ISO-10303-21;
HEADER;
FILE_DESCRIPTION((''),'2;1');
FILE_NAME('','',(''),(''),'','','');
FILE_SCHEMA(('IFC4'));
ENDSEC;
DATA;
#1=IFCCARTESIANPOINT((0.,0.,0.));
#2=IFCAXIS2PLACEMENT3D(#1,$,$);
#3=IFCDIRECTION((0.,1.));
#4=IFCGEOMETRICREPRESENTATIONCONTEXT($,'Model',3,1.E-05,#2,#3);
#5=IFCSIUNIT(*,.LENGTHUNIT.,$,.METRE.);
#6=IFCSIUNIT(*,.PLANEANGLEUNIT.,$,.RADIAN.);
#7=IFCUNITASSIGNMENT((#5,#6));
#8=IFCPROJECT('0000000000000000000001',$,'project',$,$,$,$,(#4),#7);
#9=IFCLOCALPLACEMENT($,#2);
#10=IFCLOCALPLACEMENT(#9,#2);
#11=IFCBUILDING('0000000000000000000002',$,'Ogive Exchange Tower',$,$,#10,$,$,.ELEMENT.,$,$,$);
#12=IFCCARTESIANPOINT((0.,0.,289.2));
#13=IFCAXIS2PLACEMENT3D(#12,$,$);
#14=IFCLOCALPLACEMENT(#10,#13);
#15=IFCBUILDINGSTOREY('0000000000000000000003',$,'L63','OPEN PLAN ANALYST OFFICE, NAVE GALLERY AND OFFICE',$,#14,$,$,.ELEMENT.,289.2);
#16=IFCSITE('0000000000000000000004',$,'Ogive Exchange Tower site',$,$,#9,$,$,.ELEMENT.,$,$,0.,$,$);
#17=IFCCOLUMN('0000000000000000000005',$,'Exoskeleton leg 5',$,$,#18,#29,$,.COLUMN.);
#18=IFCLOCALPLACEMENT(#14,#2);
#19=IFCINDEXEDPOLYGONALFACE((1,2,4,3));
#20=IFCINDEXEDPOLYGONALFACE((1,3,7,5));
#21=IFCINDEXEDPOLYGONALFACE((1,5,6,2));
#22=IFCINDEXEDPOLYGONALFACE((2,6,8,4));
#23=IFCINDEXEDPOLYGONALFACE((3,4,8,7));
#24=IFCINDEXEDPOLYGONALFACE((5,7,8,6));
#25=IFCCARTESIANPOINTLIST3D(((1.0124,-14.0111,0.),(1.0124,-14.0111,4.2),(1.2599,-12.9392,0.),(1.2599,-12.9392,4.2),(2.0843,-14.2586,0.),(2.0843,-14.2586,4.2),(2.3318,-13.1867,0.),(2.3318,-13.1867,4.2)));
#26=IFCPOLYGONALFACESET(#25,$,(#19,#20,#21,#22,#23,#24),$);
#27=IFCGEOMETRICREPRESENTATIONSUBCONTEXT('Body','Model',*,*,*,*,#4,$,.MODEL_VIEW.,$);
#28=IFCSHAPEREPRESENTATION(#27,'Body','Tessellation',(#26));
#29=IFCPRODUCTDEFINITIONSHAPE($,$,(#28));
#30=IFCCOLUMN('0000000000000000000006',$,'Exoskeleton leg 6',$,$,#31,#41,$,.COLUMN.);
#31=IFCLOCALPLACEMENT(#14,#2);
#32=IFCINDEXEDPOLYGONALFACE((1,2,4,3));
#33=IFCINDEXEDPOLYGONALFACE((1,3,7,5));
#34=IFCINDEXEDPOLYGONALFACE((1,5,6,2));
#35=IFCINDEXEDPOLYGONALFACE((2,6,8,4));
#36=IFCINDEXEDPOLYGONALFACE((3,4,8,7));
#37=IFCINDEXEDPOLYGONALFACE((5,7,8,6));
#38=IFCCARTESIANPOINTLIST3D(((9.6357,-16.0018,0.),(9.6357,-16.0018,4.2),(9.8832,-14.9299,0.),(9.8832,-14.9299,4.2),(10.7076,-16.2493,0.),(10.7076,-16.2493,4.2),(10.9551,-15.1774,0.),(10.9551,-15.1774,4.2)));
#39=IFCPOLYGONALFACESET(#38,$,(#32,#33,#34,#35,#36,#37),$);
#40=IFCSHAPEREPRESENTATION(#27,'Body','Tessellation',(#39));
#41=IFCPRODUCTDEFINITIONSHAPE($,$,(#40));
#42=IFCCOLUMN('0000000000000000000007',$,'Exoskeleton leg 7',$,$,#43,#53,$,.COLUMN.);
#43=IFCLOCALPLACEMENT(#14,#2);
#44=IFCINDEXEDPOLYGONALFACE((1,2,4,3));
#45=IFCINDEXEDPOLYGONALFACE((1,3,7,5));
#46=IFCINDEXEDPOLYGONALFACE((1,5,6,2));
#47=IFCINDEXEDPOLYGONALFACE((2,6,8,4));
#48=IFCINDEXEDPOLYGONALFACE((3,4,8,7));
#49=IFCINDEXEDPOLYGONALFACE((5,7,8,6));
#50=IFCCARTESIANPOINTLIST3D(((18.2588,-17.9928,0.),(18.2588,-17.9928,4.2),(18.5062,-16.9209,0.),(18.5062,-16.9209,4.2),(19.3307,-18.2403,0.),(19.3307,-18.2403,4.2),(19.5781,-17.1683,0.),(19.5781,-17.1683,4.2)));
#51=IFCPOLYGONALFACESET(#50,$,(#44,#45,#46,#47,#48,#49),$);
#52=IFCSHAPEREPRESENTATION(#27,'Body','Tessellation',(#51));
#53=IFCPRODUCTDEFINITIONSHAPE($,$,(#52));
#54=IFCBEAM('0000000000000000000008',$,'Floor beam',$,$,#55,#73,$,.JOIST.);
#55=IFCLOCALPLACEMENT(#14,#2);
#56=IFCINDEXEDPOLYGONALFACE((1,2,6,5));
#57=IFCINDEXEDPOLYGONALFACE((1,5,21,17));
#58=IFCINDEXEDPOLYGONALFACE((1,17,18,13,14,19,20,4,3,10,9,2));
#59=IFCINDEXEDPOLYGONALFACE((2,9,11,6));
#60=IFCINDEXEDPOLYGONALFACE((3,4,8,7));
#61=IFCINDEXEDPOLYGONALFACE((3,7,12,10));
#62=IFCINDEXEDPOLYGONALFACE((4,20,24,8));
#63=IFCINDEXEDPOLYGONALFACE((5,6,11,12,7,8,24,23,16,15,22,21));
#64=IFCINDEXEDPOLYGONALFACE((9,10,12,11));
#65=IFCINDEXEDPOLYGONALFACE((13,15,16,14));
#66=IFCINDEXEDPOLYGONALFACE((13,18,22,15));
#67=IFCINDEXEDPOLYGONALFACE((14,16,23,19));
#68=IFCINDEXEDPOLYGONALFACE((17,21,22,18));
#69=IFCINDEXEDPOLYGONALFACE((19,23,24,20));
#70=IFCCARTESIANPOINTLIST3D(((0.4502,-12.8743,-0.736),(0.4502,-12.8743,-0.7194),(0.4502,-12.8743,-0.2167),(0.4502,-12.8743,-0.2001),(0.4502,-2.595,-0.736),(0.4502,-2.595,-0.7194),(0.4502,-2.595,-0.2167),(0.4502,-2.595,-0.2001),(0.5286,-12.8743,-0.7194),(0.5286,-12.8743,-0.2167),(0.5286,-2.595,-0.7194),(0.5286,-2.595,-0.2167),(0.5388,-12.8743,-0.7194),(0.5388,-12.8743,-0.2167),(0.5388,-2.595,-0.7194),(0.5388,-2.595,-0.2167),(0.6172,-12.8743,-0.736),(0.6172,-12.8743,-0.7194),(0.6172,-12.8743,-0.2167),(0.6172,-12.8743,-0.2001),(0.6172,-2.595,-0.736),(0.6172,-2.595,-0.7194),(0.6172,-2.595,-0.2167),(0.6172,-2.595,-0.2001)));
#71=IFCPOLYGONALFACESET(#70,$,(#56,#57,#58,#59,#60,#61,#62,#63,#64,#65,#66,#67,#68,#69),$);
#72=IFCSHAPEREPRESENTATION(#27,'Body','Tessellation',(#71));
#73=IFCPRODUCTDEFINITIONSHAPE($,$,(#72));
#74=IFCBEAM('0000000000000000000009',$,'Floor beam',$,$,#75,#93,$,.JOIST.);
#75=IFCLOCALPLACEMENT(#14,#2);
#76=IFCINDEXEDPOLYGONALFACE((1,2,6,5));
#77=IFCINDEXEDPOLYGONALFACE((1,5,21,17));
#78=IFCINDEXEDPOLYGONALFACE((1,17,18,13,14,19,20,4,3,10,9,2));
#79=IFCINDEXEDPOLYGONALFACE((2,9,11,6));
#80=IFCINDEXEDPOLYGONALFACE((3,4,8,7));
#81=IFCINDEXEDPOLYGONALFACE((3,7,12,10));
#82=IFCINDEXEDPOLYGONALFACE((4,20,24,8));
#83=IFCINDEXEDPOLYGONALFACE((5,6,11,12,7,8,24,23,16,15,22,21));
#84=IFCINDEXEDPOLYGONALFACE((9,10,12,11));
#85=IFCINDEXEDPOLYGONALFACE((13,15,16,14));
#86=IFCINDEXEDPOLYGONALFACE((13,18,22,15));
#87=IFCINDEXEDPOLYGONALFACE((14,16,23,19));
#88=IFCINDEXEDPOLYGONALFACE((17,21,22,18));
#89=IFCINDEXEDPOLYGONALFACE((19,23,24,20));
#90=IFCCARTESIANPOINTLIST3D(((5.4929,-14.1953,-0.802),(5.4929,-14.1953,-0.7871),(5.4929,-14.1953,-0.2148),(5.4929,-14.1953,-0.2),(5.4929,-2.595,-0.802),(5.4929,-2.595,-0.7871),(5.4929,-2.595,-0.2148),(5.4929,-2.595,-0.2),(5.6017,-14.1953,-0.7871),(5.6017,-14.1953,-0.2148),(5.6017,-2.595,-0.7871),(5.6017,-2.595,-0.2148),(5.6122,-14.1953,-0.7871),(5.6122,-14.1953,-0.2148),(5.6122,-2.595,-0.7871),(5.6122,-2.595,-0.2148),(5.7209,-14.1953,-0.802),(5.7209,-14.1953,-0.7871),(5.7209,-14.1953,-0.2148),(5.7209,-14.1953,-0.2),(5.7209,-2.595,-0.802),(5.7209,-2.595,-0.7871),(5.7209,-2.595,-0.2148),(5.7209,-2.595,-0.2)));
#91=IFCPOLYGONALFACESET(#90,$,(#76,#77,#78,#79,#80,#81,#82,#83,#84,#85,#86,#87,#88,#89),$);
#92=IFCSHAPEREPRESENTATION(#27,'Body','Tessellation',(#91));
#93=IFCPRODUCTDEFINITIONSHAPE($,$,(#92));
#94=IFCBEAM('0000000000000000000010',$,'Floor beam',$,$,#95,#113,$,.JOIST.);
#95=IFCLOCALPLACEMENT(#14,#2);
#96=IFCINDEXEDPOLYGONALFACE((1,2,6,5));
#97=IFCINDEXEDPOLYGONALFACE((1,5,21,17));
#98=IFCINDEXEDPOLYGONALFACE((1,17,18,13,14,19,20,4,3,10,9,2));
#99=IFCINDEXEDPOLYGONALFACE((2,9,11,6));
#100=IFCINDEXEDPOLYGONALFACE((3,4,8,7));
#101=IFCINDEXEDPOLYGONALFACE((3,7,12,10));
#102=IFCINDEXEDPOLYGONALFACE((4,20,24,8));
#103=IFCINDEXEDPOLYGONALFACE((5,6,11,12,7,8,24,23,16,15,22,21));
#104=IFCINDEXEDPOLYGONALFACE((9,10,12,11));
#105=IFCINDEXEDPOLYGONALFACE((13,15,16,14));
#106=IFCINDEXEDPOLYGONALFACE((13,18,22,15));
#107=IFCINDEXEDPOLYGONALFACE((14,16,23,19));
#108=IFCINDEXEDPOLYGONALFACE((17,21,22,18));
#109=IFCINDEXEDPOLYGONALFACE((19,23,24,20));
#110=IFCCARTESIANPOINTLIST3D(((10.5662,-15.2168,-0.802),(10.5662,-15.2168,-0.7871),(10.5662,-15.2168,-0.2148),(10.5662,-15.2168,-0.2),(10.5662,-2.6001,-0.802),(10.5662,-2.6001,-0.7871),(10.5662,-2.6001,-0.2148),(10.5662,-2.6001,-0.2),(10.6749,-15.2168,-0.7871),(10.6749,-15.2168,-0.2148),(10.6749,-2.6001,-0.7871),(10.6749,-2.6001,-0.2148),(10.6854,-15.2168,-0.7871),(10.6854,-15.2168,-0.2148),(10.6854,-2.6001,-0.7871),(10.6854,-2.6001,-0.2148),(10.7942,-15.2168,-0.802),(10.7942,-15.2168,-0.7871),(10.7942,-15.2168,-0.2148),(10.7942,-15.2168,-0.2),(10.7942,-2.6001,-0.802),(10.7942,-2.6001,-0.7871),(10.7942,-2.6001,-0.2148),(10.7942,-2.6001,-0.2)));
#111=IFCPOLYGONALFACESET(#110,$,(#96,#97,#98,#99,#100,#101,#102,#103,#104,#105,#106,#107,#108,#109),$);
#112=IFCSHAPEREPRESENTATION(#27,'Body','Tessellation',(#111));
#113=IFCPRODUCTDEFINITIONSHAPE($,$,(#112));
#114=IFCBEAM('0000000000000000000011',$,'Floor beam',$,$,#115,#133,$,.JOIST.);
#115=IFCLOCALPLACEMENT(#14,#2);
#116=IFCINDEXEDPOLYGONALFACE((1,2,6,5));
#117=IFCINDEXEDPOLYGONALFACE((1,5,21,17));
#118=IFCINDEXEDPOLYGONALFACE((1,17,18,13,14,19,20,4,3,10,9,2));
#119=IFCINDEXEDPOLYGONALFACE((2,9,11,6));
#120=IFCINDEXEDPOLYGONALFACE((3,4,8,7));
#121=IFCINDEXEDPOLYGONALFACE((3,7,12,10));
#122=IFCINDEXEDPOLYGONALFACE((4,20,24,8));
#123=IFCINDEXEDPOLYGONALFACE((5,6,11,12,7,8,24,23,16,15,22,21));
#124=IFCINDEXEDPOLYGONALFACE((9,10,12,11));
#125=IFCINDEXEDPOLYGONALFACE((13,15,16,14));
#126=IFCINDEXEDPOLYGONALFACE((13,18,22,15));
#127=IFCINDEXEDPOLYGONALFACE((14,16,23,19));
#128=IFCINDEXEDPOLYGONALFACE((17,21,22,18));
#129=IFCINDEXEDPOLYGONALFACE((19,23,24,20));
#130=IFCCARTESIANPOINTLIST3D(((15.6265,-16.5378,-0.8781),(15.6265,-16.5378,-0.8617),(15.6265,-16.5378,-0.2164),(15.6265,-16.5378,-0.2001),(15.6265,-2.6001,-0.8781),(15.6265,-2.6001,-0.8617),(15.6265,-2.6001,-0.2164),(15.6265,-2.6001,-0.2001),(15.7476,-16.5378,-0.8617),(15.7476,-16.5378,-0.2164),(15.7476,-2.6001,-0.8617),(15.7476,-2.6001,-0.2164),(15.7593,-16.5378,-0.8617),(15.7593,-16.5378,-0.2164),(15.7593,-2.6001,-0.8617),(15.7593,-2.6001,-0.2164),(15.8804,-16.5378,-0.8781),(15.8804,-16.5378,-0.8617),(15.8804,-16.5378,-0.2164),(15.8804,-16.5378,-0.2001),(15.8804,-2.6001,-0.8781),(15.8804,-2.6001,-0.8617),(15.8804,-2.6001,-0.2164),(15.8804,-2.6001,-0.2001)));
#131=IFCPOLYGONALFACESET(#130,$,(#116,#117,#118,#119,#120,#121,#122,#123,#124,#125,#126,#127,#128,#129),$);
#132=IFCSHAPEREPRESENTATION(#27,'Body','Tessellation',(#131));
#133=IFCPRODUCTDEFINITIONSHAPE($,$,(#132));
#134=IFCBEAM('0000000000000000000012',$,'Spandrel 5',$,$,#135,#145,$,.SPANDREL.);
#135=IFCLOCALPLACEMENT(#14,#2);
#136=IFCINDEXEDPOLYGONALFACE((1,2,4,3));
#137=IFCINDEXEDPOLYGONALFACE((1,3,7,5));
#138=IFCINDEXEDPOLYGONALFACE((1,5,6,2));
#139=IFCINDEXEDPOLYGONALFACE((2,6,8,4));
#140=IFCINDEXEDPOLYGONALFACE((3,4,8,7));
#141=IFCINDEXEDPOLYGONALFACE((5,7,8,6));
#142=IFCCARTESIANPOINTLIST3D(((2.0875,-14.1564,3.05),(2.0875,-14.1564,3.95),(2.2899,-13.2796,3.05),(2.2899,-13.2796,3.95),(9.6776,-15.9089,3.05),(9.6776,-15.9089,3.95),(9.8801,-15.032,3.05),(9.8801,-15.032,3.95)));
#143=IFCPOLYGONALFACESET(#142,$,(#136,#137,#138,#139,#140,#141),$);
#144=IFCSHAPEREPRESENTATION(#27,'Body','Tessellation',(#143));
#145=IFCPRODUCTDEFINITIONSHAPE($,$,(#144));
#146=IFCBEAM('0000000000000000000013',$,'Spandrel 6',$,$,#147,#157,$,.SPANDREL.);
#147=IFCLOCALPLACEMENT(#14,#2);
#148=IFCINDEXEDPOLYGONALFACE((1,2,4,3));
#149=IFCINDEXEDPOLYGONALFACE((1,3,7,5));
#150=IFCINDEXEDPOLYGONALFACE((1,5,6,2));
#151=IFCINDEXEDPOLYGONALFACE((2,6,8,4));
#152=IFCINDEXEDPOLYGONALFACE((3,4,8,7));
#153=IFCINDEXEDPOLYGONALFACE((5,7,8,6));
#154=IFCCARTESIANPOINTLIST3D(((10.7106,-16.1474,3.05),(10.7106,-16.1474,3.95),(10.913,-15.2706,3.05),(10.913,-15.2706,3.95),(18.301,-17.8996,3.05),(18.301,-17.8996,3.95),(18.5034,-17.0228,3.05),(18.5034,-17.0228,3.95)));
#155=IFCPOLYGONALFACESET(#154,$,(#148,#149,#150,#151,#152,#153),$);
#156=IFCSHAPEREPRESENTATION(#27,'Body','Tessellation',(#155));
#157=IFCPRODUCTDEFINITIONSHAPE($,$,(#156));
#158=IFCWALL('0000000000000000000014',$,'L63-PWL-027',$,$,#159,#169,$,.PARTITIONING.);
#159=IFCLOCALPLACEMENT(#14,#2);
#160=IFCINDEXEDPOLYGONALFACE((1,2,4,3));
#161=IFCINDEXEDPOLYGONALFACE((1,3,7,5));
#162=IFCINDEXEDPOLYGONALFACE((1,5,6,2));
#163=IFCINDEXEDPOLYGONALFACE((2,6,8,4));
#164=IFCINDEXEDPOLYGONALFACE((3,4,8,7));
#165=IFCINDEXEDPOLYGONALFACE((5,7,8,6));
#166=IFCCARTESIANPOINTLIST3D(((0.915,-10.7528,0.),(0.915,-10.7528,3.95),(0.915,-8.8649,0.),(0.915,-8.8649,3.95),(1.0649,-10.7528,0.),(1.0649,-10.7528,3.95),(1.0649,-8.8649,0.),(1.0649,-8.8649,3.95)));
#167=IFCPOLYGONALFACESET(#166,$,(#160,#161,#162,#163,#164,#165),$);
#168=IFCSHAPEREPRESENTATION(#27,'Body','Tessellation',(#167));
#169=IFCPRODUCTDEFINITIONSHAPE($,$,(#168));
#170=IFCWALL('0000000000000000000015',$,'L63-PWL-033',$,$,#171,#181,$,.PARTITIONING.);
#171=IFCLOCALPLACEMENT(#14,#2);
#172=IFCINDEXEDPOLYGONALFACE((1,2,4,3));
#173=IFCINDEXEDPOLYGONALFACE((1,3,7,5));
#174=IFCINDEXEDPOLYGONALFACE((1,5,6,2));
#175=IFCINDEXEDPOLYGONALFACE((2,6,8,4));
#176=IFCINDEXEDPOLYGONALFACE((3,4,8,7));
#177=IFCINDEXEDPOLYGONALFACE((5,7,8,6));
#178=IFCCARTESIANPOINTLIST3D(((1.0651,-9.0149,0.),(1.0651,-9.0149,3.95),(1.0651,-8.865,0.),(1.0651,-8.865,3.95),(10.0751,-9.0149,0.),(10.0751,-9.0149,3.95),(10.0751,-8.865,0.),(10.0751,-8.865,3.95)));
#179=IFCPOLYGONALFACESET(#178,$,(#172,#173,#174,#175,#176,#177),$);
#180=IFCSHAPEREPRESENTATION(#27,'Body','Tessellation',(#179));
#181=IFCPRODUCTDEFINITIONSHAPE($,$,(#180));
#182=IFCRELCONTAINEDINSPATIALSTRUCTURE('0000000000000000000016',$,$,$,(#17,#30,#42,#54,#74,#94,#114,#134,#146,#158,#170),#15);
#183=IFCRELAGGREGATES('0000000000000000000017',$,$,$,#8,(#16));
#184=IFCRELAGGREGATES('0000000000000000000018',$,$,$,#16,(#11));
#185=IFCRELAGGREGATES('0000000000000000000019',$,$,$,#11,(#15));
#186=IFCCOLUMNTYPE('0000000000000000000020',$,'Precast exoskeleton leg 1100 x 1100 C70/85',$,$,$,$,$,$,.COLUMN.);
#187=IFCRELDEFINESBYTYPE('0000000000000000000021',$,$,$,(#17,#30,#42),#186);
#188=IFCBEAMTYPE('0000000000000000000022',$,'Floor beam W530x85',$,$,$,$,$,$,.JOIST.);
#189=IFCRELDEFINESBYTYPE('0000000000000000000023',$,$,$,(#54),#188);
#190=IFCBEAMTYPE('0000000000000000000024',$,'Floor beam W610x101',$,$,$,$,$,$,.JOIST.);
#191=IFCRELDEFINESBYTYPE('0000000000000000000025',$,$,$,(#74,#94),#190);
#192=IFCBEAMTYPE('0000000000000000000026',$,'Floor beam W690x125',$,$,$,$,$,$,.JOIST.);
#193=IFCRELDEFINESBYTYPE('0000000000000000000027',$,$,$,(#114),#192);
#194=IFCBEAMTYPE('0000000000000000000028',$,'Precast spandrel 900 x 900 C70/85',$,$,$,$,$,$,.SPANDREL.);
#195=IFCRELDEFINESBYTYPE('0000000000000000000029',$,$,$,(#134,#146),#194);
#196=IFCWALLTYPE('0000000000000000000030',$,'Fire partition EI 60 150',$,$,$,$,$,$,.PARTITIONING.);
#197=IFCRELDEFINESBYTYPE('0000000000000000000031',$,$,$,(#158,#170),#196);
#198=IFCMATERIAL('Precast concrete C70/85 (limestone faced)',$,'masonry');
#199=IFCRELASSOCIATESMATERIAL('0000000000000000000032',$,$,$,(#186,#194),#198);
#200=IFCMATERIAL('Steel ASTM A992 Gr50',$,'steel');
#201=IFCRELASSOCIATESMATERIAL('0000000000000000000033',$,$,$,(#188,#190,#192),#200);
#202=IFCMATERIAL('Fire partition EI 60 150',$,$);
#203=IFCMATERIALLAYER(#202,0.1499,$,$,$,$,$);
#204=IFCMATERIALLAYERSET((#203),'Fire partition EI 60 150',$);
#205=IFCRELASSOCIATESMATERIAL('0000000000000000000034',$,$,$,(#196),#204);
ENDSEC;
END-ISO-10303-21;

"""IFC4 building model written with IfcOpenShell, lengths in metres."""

from ifc_helpers import new_model, si_unit, direction, frame, frame_2d, origin, origin_2d, place, context, subcontext, project, spatial, rectangle, i_section, extrude, material, layer, layer_set, material_profile, profile_set, type_object, element, save


model = new_model("IFC4")

# Units and contexts
model_context = context("Model", 3, precision=1e-05, world=origin(), true_north=direction((0.0, 1.0)))
body_context = subcontext(model_context, "Body", "Model", "MODEL_VIEW")
ifc_project = project(units=[si_unit("LENGTHUNIT", "METRE"), si_unit("PLANEANGLEUNIT", "RADIAN")], contexts=[model_context])

# Site, building, storey
site_placement = place(None, origin())
site = spatial("IfcSite", under=ifc_project, at=site_placement, Name="Ogive Exchange Tower site", CompositionType="ELEMENT", RefElevation=0.0)
building_placement = place(site_placement, origin())
building = spatial("IfcBuilding", under=site, at=building_placement, Name="Ogive Exchange Tower", CompositionType="ELEMENT")
storey_placement = place(building_placement, frame((0.0, 0.0, 289.2)))
storey = spatial("IfcBuildingStorey", under=building, at=storey_placement, Name="L63", Description="OPEN PLAN ANALYST OFFICE, NAVE GALLERY AND OFFICE", CompositionType="ELEMENT", Elevation=289.2)

# Columns
ifc_material_1 = material(Name="Precast concrete C70/85 (limestone faced)", Category="masonry")
ifc_material_profile_1 = material_profile(ifc_material_1, rectangle(XDim=1.1001, YDim=1.1001, at=origin_2d()), Name="1100 x 1100")
ifc_profile_set_1 = profile_set([ifc_material_profile_1], Name="Precast concrete C70/85 (limestone faced)")
column_type = type_object("IfcColumnType", Name="Precast exoskeleton leg 1100 x 1100 C70/85", PredefinedType="COLUMN", material=ifc_profile_set_1)
for number, where, z_axis, x_axis, name in (
    (1, (1.6721, -13.5989, 0.0), (0.0, 0.0, 1.0), (0.97437, -0.224951, 0.0), "Exoskeleton leg 5"),
    (2, (10.2954, -15.5896, 0.0), (0.0, 0.0, 1.0), (0.97437, -0.224951, 0.0), "Exoskeleton leg 6"),
    (3, (18.9185, -17.5806, 0.0), (0.0, 0.0, 1.0), (0.97437, -0.224951, 0.0), "Exoskeleton leg 7"),
):
    element("IfcColumn", number, at=place(storey_placement, frame(where, z_axis=z_axis, x_axis=x_axis)), inside=storey, type_object=column_type, Name=name, PredefinedType="COLUMN", context=body_context, shape_type="SweptSolid", body=[
        extrude(rectangle(XDim=1.1001, YDim=1.1001, at=origin_2d()), origin(), (0.0, 0.0, 1.0), 4.2),
    ])

# Beams
ifc_material_2 = material(Name="Steel ASTM A992 Gr50", Category="steel")
ifc_material_profile_2 = material_profile(ifc_material_2, i_section(OverallWidth=0.167, OverallDepth=0.5359, WebThickness=0.0103, FlangeThickness=0.0166, at=origin_2d()), Name="W530x85")
ifc_profile_set_2 = profile_set([ifc_material_profile_2], Name="Steel ASTM A992 Gr50")
beam_type_1 = type_object("IfcBeamType", Name="Floor beam W530x85", PredefinedType="JOIST", material=ifc_profile_set_2)
beam_1_placement = place(storey_placement, frame((0.5337, -12.8743, -0.468), z_axis=(0.0, 1.0, 0.0), x_axis=(-1.0, 0.0, 0.0)))
element("IfcBeam", 4, at=beam_1_placement, inside=storey, type_object=beam_type_1, Name="Floor beam", PredefinedType="JOIST", context=body_context, shape_type="SweptSolid", body=[
    extrude(i_section(OverallWidth=0.167, OverallDepth=0.5359, WebThickness=0.0103, FlangeThickness=0.0166, at=origin_2d()), origin(), (0.0, 0.0, 1.0), 10.2793),
])
ifc_material_profile_3 = material_profile(ifc_material_2, i_section(OverallWidth=0.228, OverallDepth=0.6021, WebThickness=0.0105, FlangeThickness=0.0149, at=origin_2d()), Name="W610x101")
ifc_profile_set_3 = profile_set([ifc_material_profile_3], Name="Steel ASTM A992 Gr50")
beam_type_2 = type_object("IfcBeamType", Name="Floor beam W610x101", PredefinedType="JOIST", material=ifc_profile_set_3)
beam_2_placement = place(storey_placement, frame((5.6069, -14.1953, -0.501), z_axis=(0.0, 1.0, 0.0), x_axis=(-1.0, 0.0, 0.0)))
element("IfcBeam", 5, at=beam_2_placement, inside=storey, type_object=beam_type_2, Name="Floor beam", PredefinedType="JOIST", context=body_context, shape_type="SweptSolid", body=[
    extrude(i_section(OverallWidth=0.228, OverallDepth=0.6021, WebThickness=0.0105, FlangeThickness=0.0149, at=origin_2d()), origin(), (0.0, 0.0, 1.0), 11.6003),
])
beam_3_placement = place(storey_placement, frame((10.6802, -15.2168, -0.501), z_axis=(0.0, 1.0, 0.0), x_axis=(-1.0, 0.0, 0.0)))
element("IfcBeam", 6, at=beam_3_placement, inside=storey, type_object=beam_type_2, Name="Floor beam", PredefinedType="JOIST", context=body_context, shape_type="SweptSolid", body=[
    extrude(i_section(OverallWidth=0.228, OverallDepth=0.6021, WebThickness=0.0105, FlangeThickness=0.0149, at=origin_2d()), origin(), (0.0, 0.0, 1.0), 12.6167),
])
ifc_material_profile_4 = material_profile(ifc_material_2, i_section(OverallWidth=0.2539, OverallDepth=0.678, WebThickness=0.0117, FlangeThickness=0.0164, at=origin_2d()), Name="W690x125")
ifc_profile_set_4 = profile_set([ifc_material_profile_4], Name="Steel ASTM A992 Gr50")
beam_type_3 = type_object("IfcBeamType", Name="Floor beam W690x125", PredefinedType="JOIST", material=ifc_profile_set_4)
beam_4_placement = place(storey_placement, frame((15.7534, -16.5378, -0.5391), z_axis=(0.0, 1.0, 0.0), x_axis=(-1.0, 0.0, 0.0)))
element("IfcBeam", 7, at=beam_4_placement, inside=storey, type_object=beam_type_3, Name="Floor beam", PredefinedType="JOIST", context=body_context, shape_type="SweptSolid", body=[
    extrude(i_section(OverallWidth=0.2539, OverallDepth=0.678, WebThickness=0.0117, FlangeThickness=0.0164, at=origin_2d()), origin(), (0.0, 0.0, 1.0), 13.9377),
])
ifc_material_profile_5 = material_profile(ifc_material_1, rectangle(XDim=0.8999, YDim=0.8999, at=origin_2d()), Name="900 x 900")
ifc_profile_set_5 = profile_set([ifc_material_profile_5], Name="Precast concrete C70/85 (limestone faced)")
beam_type_4 = type_object("IfcBeamType", Name="Precast spandrel 900 x 900 C70/85", PredefinedType="SPANDREL", material=ifc_profile_set_5)
beam_5_placement = place(storey_placement, frame((2.1887, -13.718, 3.5), z_axis=(0.974366, -0.224967, 0.0), x_axis=(0.224967, 0.974366, 0.0)))
element("IfcBeam", 8, at=beam_5_placement, inside=storey, type_object=beam_type_4, Name="Spandrel 5", PredefinedType="SPANDREL", context=body_context, shape_type="SweptSolid", body=[
    extrude(rectangle(XDim=0.8999, YDim=0.8999, at=origin_2d()), origin(), (0.0, 0.0, 1.0), 7.7898),
])
beam_6_placement = place(storey_placement, frame((10.8118, -15.709, 3.5), z_axis=(0.974375, -0.22493, 0.0), x_axis=(0.22493, 0.974375, 0.0)))
element("IfcBeam", 9, at=beam_6_placement, inside=storey, type_object=beam_type_4, Name="Spandrel 6", PredefinedType="SPANDREL", context=body_context, shape_type="SweptSolid", body=[
    extrude(rectangle(XDim=0.8999, YDim=0.8999, at=origin_2d()), origin(), (0.0, 0.0, 1.0), 7.79),
])

# Walls
ifc_material_3 = material(Name="Fire partition EI 60 150")
ifc_layer_1 = layer(ifc_material_3, 0.1499)
ifc_layer_set_1 = layer_set([ifc_layer_1], Name="Fire partition EI 60 150")
wall_type_1 = type_object("IfcWallType", Name="Fire partition EI 60 150", PredefinedType="PARTITIONING", material=ifc_layer_set_1)
wall_1_placement = place(storey_placement, frame((0.99, -8.865, 0.0), z_axis=(0.0, 0.0, 1.0), x_axis=(0.0, -1.0, 0.0)))
element("IfcWall", 10, at=wall_1_placement, inside=storey, type_object=wall_type_1, Name="L63-PWL-027", PredefinedType="PARTITIONING", context=body_context, shape_type="SweptSolid", body=[
    extrude(rectangle(XDim=1.8879, YDim=0.1499, at=frame_2d((0.9438, 0.0))), origin(), (0.0, 0.0, 1.0), 3.95),
])
wall_2_placement = place(storey_placement, frame((10.075, -8.9399, 0.0), z_axis=(0.0, 0.0, 1.0), x_axis=(-1.0, 0.0, 0.0)))
element("IfcWall", 11, at=wall_2_placement, inside=storey, type_object=wall_type_1, Name="L63-PWL-033", PredefinedType="PARTITIONING", context=body_context, shape_type="SweptSolid", body=[
    extrude(rectangle(XDim=9.01, YDim=0.1499, at=frame_2d((4.5049, 0.0))), origin(), (0.0, 0.0, 1.0), 3.95),
])

save(model, "model.ifc")
